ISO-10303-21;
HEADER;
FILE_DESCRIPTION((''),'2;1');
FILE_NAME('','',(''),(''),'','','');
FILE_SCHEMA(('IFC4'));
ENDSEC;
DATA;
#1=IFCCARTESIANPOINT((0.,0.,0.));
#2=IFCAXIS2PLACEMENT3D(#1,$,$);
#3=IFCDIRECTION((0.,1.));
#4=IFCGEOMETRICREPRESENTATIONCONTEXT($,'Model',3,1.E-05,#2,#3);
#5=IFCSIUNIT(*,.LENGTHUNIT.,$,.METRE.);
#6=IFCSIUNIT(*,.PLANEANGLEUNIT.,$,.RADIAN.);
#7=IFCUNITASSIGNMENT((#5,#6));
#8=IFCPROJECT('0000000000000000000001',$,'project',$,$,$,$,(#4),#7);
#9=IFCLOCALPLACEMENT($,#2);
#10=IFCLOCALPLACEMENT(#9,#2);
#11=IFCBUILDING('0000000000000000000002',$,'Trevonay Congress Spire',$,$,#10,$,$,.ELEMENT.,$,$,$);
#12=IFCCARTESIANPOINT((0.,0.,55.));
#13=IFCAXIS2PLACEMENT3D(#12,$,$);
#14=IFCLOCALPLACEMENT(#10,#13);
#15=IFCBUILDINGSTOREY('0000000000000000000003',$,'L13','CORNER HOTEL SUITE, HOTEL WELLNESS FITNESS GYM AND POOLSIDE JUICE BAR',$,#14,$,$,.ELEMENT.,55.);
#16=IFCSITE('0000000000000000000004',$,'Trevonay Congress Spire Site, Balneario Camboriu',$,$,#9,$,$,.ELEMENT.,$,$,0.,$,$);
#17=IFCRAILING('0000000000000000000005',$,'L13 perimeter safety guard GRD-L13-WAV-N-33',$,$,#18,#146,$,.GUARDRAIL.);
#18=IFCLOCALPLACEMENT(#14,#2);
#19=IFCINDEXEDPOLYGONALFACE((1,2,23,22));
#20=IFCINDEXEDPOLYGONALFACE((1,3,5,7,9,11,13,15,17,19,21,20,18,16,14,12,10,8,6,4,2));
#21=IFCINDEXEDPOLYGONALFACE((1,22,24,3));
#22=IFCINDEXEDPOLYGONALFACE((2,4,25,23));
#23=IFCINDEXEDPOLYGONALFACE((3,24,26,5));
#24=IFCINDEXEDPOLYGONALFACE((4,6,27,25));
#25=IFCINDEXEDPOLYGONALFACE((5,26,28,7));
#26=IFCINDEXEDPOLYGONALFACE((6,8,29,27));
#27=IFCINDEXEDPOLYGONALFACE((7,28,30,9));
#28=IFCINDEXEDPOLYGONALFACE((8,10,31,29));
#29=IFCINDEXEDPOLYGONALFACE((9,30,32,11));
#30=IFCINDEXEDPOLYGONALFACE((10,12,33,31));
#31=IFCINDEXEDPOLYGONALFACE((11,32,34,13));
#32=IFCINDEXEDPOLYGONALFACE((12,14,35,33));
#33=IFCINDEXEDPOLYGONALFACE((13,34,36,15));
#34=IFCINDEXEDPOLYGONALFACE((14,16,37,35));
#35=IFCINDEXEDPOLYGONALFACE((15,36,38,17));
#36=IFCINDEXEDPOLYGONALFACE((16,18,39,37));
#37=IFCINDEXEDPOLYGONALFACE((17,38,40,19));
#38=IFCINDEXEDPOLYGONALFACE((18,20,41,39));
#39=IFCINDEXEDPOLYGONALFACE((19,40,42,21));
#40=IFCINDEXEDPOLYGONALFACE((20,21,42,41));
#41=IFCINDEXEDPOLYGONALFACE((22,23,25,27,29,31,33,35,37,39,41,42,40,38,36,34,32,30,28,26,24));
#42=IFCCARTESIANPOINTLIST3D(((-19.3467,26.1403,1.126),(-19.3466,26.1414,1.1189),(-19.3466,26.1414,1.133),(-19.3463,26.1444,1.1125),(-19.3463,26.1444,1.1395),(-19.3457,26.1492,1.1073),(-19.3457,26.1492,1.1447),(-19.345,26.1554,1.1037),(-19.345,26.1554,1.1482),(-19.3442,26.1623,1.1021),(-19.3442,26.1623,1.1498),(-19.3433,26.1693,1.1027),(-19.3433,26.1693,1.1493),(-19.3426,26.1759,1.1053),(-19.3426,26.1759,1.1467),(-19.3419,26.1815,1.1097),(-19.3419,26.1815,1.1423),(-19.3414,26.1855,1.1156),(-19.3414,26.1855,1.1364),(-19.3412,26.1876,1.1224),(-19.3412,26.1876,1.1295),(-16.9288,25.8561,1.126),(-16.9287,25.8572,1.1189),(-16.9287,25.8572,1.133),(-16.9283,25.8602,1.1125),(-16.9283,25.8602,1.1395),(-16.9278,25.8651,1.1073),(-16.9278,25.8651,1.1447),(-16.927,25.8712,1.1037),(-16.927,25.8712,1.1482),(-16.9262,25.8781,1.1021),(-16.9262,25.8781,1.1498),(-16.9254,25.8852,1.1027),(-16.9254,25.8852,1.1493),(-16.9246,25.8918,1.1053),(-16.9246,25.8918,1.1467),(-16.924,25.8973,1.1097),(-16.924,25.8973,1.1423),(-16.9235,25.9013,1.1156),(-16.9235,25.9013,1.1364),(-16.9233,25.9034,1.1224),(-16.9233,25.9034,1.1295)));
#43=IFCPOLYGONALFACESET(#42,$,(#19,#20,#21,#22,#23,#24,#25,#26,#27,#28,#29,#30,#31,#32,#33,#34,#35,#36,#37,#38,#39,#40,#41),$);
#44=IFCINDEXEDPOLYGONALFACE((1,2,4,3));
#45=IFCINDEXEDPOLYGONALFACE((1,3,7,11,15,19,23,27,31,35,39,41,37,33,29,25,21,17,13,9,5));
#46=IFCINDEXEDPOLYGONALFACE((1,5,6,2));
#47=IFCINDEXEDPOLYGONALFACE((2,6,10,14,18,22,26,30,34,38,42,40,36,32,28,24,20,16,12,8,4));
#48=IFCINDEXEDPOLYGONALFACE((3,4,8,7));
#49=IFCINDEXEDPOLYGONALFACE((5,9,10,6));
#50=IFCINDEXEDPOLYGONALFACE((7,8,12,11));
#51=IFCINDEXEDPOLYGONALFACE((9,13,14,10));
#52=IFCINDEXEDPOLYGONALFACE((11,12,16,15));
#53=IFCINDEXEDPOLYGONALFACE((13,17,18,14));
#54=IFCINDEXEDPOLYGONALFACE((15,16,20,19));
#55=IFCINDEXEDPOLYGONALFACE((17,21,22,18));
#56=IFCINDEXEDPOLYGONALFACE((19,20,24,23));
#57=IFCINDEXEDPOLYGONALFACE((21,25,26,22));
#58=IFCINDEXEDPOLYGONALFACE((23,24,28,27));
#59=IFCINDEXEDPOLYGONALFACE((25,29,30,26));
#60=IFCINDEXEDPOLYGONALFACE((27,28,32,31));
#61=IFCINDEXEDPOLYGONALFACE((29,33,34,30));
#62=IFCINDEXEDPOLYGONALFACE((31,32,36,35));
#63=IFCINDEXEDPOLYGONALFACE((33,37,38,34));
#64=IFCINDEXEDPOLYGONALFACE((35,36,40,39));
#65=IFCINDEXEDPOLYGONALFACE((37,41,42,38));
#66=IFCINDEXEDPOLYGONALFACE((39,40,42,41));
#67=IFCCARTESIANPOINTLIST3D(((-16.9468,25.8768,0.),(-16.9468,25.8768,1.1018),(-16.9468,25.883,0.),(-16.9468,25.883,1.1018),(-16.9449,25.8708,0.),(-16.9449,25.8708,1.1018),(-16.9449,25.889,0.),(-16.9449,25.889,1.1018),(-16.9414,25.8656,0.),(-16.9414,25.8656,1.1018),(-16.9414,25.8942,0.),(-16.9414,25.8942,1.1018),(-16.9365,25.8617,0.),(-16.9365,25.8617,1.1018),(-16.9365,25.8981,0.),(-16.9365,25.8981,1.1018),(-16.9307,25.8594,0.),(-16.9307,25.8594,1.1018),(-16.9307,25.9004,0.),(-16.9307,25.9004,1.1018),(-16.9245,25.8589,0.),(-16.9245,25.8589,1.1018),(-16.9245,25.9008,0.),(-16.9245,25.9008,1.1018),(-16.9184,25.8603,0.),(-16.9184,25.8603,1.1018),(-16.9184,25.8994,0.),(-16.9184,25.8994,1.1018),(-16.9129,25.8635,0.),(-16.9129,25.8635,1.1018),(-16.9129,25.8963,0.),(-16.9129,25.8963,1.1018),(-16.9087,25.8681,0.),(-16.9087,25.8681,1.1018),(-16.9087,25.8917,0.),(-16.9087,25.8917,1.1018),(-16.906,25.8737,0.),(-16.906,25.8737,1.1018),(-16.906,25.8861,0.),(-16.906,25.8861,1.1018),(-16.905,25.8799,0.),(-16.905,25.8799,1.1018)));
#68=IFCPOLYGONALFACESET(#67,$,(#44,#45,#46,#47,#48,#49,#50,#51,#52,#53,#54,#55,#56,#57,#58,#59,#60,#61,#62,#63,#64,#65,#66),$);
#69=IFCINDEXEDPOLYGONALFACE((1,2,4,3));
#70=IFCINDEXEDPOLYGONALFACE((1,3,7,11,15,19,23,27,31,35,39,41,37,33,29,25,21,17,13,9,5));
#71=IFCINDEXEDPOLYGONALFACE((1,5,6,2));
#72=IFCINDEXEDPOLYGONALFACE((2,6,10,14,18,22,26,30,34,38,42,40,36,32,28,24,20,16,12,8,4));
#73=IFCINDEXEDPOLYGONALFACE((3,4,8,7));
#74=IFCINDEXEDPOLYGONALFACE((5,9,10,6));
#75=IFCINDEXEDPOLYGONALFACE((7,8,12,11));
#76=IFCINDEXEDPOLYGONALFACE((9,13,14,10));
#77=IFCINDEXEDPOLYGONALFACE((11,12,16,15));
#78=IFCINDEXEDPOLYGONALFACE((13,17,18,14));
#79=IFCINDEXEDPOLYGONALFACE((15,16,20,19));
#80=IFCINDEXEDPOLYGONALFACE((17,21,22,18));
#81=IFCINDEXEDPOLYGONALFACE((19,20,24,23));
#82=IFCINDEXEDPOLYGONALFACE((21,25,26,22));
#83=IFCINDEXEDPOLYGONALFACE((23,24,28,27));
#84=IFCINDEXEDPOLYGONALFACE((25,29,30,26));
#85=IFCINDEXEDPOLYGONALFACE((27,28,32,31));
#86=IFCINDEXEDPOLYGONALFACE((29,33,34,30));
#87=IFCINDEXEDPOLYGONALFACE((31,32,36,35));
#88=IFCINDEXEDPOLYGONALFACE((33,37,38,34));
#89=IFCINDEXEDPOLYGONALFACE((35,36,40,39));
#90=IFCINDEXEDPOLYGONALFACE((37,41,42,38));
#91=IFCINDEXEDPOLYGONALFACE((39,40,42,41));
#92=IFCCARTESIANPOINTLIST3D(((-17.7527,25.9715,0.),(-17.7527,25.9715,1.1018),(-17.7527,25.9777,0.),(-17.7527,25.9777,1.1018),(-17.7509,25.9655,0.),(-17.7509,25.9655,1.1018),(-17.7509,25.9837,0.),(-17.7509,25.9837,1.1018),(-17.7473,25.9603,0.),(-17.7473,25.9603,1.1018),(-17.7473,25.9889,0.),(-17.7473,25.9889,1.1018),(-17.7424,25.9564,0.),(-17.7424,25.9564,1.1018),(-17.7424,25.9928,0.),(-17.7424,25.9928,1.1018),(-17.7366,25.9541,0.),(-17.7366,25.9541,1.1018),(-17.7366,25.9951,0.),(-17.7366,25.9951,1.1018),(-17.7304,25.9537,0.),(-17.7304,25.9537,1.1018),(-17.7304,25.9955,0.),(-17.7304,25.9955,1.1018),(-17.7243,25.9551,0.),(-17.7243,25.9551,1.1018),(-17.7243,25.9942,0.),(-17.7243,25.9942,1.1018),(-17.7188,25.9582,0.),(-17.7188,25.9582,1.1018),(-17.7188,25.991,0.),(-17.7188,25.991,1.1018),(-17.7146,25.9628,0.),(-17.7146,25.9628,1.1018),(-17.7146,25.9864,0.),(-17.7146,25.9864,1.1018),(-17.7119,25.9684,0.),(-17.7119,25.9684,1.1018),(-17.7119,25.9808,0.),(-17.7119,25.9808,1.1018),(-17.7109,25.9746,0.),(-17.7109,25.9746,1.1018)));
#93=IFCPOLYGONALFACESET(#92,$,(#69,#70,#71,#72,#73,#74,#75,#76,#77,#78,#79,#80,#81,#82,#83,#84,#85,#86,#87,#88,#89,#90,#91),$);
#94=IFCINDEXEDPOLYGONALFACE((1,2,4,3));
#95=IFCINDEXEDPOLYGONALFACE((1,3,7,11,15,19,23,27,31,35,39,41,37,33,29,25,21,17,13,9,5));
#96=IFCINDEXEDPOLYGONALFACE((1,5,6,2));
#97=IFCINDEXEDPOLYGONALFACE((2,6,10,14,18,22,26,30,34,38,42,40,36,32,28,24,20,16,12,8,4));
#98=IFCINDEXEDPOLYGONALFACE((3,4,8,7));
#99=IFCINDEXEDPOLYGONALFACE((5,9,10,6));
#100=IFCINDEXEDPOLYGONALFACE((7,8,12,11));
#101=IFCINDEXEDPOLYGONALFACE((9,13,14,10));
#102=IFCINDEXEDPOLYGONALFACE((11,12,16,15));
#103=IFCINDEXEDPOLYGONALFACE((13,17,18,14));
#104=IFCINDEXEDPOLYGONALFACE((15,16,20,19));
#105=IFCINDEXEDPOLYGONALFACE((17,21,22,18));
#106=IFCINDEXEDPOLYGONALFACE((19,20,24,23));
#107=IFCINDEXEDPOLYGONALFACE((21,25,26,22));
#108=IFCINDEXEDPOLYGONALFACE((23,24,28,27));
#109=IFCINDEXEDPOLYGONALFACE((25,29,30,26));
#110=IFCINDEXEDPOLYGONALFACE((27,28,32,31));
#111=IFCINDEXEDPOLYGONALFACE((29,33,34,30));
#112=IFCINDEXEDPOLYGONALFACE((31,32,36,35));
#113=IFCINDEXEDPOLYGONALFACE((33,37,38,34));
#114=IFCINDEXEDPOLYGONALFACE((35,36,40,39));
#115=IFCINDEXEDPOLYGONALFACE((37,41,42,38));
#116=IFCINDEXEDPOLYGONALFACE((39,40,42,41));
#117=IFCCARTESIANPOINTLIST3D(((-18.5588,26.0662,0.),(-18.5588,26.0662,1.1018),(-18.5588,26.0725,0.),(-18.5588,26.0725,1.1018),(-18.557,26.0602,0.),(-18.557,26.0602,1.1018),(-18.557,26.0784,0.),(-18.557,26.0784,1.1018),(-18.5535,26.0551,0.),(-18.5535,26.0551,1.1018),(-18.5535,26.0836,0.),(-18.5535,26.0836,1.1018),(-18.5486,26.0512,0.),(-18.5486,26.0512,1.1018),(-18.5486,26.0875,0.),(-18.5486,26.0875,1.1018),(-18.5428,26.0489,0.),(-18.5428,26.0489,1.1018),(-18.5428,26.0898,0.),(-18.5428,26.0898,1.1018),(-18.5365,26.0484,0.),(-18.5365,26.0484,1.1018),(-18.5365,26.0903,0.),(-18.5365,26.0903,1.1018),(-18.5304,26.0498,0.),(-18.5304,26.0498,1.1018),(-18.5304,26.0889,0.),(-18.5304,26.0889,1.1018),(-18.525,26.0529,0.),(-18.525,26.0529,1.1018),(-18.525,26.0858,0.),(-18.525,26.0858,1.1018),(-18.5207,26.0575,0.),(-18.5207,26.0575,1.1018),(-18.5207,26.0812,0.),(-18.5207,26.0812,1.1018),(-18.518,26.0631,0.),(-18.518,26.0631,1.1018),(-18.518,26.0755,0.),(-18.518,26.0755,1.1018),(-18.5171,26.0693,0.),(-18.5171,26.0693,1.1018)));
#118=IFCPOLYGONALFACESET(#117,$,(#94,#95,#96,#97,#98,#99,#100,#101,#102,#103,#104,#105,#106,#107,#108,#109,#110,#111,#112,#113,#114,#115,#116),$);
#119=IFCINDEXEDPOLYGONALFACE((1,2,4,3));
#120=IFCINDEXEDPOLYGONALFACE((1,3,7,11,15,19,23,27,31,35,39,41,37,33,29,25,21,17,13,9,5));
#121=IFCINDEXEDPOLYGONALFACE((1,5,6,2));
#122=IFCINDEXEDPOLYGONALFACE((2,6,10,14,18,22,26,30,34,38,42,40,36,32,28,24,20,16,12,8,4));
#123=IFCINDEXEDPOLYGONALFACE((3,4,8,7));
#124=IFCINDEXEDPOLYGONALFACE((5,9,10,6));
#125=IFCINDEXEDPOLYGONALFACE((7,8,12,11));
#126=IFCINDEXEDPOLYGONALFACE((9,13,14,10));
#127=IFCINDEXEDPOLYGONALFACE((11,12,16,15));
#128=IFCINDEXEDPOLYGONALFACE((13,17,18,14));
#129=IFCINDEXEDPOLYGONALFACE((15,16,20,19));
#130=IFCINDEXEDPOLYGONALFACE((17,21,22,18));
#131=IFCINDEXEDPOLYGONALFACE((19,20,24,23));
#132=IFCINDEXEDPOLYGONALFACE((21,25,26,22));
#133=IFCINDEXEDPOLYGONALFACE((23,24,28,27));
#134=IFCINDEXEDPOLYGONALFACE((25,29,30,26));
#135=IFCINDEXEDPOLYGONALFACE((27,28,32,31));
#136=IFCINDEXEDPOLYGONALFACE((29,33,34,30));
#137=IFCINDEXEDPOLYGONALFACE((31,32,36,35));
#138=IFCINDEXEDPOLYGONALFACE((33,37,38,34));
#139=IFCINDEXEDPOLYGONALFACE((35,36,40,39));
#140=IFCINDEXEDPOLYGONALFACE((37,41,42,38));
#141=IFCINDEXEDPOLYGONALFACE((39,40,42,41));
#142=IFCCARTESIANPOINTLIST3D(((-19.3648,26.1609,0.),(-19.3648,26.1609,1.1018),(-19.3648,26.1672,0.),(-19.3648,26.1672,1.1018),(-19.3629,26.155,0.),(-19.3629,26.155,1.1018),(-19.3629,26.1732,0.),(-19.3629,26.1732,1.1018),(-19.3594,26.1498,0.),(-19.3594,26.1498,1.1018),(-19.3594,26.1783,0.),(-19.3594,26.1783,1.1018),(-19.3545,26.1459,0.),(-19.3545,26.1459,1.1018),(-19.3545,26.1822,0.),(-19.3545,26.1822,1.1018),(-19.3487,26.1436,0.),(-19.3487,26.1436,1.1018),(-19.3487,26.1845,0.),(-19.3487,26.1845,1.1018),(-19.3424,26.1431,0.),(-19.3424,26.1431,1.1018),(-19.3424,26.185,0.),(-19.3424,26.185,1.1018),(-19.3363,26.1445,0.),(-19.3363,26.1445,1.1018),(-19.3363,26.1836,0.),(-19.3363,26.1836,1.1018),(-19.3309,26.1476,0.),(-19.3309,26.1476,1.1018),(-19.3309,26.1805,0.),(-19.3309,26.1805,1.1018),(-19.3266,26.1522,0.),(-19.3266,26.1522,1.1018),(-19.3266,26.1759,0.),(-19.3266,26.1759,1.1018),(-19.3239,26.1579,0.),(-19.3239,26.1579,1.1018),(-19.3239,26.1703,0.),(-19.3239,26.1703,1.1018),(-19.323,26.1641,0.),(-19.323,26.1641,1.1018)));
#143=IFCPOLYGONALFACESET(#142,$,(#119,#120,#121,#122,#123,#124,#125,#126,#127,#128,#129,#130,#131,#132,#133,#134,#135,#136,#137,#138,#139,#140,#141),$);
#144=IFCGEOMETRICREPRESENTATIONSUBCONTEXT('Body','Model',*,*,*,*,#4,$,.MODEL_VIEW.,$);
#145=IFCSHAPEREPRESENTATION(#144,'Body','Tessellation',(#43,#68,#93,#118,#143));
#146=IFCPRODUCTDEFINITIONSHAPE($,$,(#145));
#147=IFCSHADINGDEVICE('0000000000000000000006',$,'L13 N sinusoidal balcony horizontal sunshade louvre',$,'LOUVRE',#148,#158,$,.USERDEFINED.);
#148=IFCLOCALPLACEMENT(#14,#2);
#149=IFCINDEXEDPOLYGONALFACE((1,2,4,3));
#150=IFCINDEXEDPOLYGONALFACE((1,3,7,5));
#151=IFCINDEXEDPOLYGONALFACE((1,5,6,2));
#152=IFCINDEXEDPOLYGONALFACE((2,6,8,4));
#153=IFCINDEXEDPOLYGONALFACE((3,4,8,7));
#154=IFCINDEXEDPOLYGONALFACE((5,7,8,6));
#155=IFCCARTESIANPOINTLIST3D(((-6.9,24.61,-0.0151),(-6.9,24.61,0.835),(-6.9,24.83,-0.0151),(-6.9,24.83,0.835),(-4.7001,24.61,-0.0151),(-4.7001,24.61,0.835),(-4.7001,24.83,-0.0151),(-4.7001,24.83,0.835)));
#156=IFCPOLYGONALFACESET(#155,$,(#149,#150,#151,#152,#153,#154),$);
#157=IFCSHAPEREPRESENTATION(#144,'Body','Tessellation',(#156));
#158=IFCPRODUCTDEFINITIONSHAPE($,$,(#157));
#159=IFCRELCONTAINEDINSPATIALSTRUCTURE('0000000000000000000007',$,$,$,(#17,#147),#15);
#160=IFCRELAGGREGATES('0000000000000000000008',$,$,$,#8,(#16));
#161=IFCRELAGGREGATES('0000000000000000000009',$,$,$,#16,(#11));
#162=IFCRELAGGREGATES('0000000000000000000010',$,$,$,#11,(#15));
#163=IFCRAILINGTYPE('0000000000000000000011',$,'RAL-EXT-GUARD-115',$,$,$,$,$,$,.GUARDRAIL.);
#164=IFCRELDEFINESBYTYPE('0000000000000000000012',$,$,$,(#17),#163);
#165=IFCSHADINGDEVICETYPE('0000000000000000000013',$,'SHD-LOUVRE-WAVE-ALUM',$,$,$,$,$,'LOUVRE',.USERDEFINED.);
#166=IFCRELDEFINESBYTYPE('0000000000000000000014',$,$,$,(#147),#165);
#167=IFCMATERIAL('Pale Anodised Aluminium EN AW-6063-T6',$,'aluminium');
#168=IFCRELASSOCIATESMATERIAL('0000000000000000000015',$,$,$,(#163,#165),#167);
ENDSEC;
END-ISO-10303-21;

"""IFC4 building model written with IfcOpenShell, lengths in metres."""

from ifc_helpers import new_model, si_unit, direction, frame, origin, origin_2d, place, context, subcontext, project, spatial, rectangle, circle, extrude, material, type_object, element, save


model = new_model("IFC4")

# Units and contexts
model_context = context("Model", 3, precision=1e-05, world=origin(), true_north=direction((0.0, 1.0)))
body_context = subcontext(model_context, "Body", "Model", "MODEL_VIEW")
ifc_project = project(units=[si_unit("LENGTHUNIT", "METRE"), si_unit("PLANEANGLEUNIT", "RADIAN")], contexts=[model_context])

# Site, building, storey
site_placement = place(None, origin())
site = spatial("IfcSite", under=ifc_project, at=site_placement, Name="Trevonay Congress Spire Site, Balneario Camboriu", CompositionType="ELEMENT", RefElevation=0.0)
building_placement = place(site_placement, origin())
building = spatial("IfcBuilding", under=site, at=building_placement, Name="Trevonay Congress Spire", CompositionType="ELEMENT")
storey_placement = place(building_placement, frame((0.0, 0.0, 55.0)))
storey = spatial("IfcBuildingStorey", under=building, at=storey_placement, Name="L13", Description="CORNER HOTEL SUITE, HOTEL WELLNESS FITNESS GYM AND POOLSIDE JUICE BAR", CompositionType="ELEMENT", Elevation=55.0)

# Shared definitions
ifc_material_1 = material(Name="Pale Anodised Aluminium EN AW-6063-T6", Category="aluminium")

# Railing
railing_type = type_object("IfcRailingType", Name="RAL-EXT-GUARD-115", PredefinedType="GUARDRAIL", material=ifc_material_1)
railing_1_placement = place(storey_placement, frame((-16.926, 25.8799, 0.0)))
element("IfcRailing", 1, at=railing_1_placement, inside=storey, type_object=railing_type, Name="L13 perimeter safety guard GRD-L13-WAV-N-33", PredefinedType="GUARDRAIL", context=body_context, shape_type="SweptSolid", body=[
    extrude(circle(Radius=0.0239, at=origin_2d()), frame((0.0, 0.0, 1.126), z_axis=(-0.993164, 0.116725, 0.0), x_axis=(-0.116725, -0.993164, 0.0)), (0.0, 0.0, 1.0), 2.4346),
    extrude(circle(Radius=0.021, at=origin_2d()), origin(), (0.0, 0.0, 1.0), 1.1018),
    extrude(circle(Radius=0.021, at=origin_2d()), frame((-0.8059, 0.0947, 0.0)), (0.0, 0.0, 1.0), 1.1018),
    extrude(circle(Radius=0.021, at=origin_2d()), frame((-1.6121, 0.1895, 0.0)), (0.0, 0.0, 1.0), 1.1018),
    extrude(circle(Radius=0.021, at=origin_2d()), frame((-2.418, 0.2842, 0.0)), (0.0, 0.0, 1.0), 1.1018),
])

# Shading device
shading_device_type = type_object("IfcShadingDeviceType", Name="SHD-LOUVRE-WAVE-ALUM", ElementType="LOUVRE", PredefinedType="USERDEFINED", material=ifc_material_1)
shading_device_placement = place(storey_placement, frame((-5.8, 24.72, -0.0151), z_axis=(0.0, 0.0, 1.0), x_axis=(1.0, 0.0, 0.0)))
element("IfcShadingDevice", 2, at=shading_device_placement, inside=storey, type_object=shading_device_type, Name="L13 N sinusoidal balcony horizontal sunshade louvre", ObjectType="LOUVRE", PredefinedType="USERDEFINED", context=body_context, shape_type="SweptSolid", body=[
    extrude(rectangle(XDim=2.2, YDim=0.22, at=origin_2d()), origin(), (0.0, 0.0, 1.0), 0.8501),
])

save(model, "model.ifc")
